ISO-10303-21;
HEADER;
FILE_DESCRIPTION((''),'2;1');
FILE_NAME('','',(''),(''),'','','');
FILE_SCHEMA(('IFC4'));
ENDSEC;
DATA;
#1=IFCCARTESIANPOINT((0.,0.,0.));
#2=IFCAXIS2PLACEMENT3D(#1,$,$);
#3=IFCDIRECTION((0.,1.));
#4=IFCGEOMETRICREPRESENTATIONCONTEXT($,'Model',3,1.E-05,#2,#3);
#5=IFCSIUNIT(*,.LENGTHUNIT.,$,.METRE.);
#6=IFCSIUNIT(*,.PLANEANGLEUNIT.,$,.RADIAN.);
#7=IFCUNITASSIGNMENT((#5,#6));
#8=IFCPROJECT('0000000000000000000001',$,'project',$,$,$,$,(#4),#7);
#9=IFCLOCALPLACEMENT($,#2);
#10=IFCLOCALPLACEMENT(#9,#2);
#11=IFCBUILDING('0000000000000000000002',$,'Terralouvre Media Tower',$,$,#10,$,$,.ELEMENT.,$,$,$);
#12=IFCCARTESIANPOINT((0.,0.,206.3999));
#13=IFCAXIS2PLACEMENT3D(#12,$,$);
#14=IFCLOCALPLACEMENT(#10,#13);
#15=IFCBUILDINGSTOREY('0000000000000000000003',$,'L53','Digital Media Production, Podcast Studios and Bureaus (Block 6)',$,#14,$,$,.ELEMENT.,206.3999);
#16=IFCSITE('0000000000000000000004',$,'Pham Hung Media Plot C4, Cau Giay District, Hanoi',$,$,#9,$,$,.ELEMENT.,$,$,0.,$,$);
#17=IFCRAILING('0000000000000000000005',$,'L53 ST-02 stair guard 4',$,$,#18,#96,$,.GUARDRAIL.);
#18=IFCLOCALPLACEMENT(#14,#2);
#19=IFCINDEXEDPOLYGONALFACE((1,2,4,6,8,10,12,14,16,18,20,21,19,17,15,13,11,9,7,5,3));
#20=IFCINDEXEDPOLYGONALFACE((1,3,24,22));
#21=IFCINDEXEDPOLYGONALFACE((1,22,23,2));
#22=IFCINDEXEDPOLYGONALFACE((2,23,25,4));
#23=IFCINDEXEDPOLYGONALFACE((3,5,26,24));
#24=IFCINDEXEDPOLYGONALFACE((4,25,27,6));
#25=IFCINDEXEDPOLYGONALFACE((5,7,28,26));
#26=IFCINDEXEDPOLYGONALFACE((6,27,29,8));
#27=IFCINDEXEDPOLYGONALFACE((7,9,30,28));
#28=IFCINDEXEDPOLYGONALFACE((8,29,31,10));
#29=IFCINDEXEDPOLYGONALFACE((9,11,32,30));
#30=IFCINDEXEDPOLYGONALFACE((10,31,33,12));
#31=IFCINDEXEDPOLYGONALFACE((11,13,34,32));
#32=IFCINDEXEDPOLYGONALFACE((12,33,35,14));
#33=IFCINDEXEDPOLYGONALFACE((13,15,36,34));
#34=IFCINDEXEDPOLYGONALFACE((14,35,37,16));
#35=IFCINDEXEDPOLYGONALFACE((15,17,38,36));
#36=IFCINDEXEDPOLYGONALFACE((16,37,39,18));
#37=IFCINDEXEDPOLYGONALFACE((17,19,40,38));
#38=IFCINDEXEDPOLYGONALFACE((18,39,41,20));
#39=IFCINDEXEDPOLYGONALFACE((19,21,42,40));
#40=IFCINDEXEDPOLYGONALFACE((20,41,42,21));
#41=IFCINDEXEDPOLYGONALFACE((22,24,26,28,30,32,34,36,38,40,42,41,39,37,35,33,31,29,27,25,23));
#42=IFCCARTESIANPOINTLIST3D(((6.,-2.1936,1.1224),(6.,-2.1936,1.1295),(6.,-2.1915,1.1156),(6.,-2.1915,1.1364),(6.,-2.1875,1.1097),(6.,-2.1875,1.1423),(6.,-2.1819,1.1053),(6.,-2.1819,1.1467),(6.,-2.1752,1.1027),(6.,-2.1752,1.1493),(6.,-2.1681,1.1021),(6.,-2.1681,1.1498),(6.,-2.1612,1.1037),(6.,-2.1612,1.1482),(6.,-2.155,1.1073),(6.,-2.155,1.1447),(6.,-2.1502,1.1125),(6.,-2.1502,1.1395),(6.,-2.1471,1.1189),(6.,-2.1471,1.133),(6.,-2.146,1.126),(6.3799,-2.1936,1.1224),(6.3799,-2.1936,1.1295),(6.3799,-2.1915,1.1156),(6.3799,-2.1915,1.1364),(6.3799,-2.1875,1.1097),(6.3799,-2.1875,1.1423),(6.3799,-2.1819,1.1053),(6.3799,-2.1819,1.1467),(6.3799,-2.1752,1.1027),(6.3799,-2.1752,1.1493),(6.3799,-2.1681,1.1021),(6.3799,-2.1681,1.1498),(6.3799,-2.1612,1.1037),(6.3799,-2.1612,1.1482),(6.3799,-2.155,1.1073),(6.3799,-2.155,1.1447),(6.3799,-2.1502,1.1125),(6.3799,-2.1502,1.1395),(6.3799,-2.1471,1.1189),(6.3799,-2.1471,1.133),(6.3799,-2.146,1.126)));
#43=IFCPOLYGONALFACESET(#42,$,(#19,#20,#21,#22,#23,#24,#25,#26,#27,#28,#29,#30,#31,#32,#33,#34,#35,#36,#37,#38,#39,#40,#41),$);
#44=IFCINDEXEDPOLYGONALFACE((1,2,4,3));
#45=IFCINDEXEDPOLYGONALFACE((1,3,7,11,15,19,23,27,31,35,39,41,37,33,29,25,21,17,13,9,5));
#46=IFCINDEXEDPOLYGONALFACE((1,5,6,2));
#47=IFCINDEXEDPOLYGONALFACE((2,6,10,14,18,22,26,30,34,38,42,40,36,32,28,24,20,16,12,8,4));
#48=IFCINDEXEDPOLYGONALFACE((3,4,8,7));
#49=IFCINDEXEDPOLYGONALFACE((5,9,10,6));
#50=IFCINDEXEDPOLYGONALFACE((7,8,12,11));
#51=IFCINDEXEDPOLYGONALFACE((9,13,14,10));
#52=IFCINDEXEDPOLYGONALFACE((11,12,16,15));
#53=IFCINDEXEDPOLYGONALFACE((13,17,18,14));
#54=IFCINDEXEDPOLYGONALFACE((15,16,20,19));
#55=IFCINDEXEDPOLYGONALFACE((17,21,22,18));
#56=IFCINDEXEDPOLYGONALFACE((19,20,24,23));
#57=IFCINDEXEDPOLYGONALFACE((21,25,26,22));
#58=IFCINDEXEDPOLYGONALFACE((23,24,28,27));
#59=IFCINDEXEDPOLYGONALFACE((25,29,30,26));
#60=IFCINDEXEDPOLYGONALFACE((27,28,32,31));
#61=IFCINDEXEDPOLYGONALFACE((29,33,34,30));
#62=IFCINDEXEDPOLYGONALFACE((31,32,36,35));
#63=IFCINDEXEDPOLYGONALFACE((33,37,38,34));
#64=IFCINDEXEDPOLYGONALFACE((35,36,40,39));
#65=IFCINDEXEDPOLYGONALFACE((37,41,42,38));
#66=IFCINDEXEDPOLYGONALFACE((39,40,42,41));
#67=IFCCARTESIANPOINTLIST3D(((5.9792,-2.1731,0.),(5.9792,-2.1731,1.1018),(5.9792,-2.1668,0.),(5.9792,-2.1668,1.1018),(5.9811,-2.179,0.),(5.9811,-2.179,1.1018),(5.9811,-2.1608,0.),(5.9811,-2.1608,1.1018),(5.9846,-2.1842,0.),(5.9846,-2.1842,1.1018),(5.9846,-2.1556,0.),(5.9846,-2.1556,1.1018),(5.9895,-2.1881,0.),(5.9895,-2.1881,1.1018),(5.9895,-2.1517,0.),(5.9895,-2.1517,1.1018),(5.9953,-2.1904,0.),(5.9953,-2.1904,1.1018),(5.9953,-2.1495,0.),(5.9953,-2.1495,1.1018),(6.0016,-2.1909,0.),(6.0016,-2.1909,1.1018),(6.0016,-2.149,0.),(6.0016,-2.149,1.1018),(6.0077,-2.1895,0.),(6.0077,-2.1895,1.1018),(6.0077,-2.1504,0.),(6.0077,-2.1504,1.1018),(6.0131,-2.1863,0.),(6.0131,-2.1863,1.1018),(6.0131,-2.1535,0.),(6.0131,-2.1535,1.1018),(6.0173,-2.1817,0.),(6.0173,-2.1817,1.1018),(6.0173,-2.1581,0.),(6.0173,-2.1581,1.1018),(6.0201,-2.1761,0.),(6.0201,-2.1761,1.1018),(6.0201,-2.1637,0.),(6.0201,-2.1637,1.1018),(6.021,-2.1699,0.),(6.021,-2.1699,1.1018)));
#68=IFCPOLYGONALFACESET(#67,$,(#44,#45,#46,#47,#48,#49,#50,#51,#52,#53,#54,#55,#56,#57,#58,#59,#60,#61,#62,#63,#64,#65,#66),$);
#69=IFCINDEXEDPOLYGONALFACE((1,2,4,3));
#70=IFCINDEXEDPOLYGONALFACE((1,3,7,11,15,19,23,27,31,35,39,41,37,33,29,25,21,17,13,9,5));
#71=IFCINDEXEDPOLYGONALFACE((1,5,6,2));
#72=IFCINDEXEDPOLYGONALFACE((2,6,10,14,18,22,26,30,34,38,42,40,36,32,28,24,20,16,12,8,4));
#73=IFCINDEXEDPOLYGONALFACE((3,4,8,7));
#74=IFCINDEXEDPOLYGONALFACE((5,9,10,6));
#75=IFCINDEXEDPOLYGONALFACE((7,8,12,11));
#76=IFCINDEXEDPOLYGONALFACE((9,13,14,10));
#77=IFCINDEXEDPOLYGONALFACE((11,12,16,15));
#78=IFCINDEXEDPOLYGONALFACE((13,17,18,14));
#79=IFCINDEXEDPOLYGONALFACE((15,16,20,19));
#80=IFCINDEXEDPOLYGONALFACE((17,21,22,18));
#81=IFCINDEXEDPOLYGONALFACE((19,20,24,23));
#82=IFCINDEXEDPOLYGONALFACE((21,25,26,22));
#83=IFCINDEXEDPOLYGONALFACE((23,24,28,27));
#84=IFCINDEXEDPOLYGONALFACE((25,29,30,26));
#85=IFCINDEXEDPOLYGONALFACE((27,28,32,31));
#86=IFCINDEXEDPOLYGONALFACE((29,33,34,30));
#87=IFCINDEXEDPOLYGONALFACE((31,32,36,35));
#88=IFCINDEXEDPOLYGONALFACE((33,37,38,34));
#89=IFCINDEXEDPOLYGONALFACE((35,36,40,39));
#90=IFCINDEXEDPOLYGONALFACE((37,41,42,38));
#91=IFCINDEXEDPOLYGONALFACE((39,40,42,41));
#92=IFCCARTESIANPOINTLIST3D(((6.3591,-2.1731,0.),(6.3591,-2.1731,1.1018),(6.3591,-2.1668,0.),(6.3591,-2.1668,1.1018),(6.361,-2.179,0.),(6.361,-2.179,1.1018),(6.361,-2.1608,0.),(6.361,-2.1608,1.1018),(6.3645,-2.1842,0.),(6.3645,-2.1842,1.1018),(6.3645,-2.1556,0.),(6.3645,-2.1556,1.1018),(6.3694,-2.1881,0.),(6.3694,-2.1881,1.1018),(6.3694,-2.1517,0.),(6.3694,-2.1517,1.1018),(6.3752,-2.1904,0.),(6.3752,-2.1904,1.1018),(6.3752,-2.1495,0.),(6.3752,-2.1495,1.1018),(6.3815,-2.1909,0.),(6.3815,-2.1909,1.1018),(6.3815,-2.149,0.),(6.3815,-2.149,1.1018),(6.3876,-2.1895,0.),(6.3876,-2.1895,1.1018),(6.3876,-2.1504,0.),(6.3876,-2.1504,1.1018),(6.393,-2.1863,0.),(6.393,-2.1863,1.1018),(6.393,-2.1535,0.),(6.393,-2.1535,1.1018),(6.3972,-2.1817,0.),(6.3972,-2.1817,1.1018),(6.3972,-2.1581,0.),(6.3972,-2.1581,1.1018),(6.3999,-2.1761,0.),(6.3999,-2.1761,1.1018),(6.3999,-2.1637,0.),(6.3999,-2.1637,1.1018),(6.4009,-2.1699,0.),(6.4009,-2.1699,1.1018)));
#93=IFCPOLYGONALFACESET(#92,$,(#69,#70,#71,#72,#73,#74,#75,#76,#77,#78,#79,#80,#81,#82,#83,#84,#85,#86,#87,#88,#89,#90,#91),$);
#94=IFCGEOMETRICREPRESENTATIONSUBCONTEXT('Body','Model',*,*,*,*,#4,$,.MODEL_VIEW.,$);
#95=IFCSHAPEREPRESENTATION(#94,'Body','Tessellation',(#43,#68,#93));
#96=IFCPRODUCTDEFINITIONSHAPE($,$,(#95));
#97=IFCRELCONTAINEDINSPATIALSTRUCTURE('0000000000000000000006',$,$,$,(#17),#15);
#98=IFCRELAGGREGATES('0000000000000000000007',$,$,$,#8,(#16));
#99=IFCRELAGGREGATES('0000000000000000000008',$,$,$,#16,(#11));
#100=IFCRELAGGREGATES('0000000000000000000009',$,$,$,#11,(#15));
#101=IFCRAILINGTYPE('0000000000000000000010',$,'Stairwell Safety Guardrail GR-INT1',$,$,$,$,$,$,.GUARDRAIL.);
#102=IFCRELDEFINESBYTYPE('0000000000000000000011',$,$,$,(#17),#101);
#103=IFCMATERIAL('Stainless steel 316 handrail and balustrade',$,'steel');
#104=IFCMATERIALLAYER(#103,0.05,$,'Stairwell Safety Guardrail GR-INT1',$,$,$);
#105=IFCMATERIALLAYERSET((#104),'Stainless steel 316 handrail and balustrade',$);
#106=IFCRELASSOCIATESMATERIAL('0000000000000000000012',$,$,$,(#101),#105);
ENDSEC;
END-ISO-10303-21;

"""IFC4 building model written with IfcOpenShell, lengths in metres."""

from ifc_helpers import new_model, si_unit, direction, frame, origin, origin_2d, place, context, subcontext, project, spatial, circle, extrude, material, layer, layer_set, type_object, element, save


model = new_model("IFC4")

# Units and contexts
model_context = context("Model", 3, precision=1e-05, world=origin(), true_north=direction((0.0, 1.0)))
body_context = subcontext(model_context, "Body", "Model", "MODEL_VIEW")
ifc_project = project(units=[si_unit("LENGTHUNIT", "METRE"), si_unit("PLANEANGLEUNIT", "RADIAN")], contexts=[model_context])

# Site, building, storey
site_placement = place(None, origin())
site = spatial("IfcSite", under=ifc_project, at=site_placement, Name="Pham Hung Media Plot C4, Cau Giay District, Hanoi", CompositionType="ELEMENT", RefElevation=0.0)
building_placement = place(site_placement, origin())
building = spatial("IfcBuilding", under=site, at=building_placement, Name="Terralouvre Media Tower", CompositionType="ELEMENT")
storey_placement = place(building_placement, frame((0.0, 0.0, 206.3999)))
storey = spatial("IfcBuildingStorey", under=building, at=storey_placement, Name="L53", Description="Digital Media Production, Podcast Studios and Bureaus (Block 6)", CompositionType="ELEMENT", Elevation=206.3999)

# Railing
ifc_material_1 = material(Name="Stainless steel 316 handrail and balustrade", Category="steel")
ifc_layer_1 = layer(ifc_material_1, 0.05, Name="Stairwell Safety Guardrail GR-INT1")
ifc_layer_set_1 = layer_set([ifc_layer_1], Name="Stainless steel 316 handrail and balustrade")
railing_type_1 = type_object("IfcRailingType", Name="Stairwell Safety Guardrail GR-INT1", PredefinedType="GUARDRAIL", material=ifc_layer_set_1)
railing_1_placement = place(storey_placement, frame((6.0, -2.1699, 0.0)))
element("IfcRailing", 1, at=railing_1_placement, inside=storey, type_object=railing_type_1, Name="L53 ST-02 stair guard 4", PredefinedType="GUARDRAIL", context=body_context, shape_type="SweptSolid", body=[
    extrude(circle(Radius=0.0239, at=origin_2d()), frame((0.0, 0.0, 1.126), z_axis=(1.0, 0.0, 0.0), x_axis=(0.0, 1.0, 0.0)), (0.0, 0.0, 1.0), 0.3799),
    extrude(circle(Radius=0.021, at=origin_2d()), origin(), (0.0, 0.0, 1.0), 1.1018),
    extrude(circle(Radius=0.021, at=origin_2d()), frame((0.3799, 0.0, 0.0)), (0.0, 0.0, 1.0), 1.1018),
])

save(model, "model.ifc")
